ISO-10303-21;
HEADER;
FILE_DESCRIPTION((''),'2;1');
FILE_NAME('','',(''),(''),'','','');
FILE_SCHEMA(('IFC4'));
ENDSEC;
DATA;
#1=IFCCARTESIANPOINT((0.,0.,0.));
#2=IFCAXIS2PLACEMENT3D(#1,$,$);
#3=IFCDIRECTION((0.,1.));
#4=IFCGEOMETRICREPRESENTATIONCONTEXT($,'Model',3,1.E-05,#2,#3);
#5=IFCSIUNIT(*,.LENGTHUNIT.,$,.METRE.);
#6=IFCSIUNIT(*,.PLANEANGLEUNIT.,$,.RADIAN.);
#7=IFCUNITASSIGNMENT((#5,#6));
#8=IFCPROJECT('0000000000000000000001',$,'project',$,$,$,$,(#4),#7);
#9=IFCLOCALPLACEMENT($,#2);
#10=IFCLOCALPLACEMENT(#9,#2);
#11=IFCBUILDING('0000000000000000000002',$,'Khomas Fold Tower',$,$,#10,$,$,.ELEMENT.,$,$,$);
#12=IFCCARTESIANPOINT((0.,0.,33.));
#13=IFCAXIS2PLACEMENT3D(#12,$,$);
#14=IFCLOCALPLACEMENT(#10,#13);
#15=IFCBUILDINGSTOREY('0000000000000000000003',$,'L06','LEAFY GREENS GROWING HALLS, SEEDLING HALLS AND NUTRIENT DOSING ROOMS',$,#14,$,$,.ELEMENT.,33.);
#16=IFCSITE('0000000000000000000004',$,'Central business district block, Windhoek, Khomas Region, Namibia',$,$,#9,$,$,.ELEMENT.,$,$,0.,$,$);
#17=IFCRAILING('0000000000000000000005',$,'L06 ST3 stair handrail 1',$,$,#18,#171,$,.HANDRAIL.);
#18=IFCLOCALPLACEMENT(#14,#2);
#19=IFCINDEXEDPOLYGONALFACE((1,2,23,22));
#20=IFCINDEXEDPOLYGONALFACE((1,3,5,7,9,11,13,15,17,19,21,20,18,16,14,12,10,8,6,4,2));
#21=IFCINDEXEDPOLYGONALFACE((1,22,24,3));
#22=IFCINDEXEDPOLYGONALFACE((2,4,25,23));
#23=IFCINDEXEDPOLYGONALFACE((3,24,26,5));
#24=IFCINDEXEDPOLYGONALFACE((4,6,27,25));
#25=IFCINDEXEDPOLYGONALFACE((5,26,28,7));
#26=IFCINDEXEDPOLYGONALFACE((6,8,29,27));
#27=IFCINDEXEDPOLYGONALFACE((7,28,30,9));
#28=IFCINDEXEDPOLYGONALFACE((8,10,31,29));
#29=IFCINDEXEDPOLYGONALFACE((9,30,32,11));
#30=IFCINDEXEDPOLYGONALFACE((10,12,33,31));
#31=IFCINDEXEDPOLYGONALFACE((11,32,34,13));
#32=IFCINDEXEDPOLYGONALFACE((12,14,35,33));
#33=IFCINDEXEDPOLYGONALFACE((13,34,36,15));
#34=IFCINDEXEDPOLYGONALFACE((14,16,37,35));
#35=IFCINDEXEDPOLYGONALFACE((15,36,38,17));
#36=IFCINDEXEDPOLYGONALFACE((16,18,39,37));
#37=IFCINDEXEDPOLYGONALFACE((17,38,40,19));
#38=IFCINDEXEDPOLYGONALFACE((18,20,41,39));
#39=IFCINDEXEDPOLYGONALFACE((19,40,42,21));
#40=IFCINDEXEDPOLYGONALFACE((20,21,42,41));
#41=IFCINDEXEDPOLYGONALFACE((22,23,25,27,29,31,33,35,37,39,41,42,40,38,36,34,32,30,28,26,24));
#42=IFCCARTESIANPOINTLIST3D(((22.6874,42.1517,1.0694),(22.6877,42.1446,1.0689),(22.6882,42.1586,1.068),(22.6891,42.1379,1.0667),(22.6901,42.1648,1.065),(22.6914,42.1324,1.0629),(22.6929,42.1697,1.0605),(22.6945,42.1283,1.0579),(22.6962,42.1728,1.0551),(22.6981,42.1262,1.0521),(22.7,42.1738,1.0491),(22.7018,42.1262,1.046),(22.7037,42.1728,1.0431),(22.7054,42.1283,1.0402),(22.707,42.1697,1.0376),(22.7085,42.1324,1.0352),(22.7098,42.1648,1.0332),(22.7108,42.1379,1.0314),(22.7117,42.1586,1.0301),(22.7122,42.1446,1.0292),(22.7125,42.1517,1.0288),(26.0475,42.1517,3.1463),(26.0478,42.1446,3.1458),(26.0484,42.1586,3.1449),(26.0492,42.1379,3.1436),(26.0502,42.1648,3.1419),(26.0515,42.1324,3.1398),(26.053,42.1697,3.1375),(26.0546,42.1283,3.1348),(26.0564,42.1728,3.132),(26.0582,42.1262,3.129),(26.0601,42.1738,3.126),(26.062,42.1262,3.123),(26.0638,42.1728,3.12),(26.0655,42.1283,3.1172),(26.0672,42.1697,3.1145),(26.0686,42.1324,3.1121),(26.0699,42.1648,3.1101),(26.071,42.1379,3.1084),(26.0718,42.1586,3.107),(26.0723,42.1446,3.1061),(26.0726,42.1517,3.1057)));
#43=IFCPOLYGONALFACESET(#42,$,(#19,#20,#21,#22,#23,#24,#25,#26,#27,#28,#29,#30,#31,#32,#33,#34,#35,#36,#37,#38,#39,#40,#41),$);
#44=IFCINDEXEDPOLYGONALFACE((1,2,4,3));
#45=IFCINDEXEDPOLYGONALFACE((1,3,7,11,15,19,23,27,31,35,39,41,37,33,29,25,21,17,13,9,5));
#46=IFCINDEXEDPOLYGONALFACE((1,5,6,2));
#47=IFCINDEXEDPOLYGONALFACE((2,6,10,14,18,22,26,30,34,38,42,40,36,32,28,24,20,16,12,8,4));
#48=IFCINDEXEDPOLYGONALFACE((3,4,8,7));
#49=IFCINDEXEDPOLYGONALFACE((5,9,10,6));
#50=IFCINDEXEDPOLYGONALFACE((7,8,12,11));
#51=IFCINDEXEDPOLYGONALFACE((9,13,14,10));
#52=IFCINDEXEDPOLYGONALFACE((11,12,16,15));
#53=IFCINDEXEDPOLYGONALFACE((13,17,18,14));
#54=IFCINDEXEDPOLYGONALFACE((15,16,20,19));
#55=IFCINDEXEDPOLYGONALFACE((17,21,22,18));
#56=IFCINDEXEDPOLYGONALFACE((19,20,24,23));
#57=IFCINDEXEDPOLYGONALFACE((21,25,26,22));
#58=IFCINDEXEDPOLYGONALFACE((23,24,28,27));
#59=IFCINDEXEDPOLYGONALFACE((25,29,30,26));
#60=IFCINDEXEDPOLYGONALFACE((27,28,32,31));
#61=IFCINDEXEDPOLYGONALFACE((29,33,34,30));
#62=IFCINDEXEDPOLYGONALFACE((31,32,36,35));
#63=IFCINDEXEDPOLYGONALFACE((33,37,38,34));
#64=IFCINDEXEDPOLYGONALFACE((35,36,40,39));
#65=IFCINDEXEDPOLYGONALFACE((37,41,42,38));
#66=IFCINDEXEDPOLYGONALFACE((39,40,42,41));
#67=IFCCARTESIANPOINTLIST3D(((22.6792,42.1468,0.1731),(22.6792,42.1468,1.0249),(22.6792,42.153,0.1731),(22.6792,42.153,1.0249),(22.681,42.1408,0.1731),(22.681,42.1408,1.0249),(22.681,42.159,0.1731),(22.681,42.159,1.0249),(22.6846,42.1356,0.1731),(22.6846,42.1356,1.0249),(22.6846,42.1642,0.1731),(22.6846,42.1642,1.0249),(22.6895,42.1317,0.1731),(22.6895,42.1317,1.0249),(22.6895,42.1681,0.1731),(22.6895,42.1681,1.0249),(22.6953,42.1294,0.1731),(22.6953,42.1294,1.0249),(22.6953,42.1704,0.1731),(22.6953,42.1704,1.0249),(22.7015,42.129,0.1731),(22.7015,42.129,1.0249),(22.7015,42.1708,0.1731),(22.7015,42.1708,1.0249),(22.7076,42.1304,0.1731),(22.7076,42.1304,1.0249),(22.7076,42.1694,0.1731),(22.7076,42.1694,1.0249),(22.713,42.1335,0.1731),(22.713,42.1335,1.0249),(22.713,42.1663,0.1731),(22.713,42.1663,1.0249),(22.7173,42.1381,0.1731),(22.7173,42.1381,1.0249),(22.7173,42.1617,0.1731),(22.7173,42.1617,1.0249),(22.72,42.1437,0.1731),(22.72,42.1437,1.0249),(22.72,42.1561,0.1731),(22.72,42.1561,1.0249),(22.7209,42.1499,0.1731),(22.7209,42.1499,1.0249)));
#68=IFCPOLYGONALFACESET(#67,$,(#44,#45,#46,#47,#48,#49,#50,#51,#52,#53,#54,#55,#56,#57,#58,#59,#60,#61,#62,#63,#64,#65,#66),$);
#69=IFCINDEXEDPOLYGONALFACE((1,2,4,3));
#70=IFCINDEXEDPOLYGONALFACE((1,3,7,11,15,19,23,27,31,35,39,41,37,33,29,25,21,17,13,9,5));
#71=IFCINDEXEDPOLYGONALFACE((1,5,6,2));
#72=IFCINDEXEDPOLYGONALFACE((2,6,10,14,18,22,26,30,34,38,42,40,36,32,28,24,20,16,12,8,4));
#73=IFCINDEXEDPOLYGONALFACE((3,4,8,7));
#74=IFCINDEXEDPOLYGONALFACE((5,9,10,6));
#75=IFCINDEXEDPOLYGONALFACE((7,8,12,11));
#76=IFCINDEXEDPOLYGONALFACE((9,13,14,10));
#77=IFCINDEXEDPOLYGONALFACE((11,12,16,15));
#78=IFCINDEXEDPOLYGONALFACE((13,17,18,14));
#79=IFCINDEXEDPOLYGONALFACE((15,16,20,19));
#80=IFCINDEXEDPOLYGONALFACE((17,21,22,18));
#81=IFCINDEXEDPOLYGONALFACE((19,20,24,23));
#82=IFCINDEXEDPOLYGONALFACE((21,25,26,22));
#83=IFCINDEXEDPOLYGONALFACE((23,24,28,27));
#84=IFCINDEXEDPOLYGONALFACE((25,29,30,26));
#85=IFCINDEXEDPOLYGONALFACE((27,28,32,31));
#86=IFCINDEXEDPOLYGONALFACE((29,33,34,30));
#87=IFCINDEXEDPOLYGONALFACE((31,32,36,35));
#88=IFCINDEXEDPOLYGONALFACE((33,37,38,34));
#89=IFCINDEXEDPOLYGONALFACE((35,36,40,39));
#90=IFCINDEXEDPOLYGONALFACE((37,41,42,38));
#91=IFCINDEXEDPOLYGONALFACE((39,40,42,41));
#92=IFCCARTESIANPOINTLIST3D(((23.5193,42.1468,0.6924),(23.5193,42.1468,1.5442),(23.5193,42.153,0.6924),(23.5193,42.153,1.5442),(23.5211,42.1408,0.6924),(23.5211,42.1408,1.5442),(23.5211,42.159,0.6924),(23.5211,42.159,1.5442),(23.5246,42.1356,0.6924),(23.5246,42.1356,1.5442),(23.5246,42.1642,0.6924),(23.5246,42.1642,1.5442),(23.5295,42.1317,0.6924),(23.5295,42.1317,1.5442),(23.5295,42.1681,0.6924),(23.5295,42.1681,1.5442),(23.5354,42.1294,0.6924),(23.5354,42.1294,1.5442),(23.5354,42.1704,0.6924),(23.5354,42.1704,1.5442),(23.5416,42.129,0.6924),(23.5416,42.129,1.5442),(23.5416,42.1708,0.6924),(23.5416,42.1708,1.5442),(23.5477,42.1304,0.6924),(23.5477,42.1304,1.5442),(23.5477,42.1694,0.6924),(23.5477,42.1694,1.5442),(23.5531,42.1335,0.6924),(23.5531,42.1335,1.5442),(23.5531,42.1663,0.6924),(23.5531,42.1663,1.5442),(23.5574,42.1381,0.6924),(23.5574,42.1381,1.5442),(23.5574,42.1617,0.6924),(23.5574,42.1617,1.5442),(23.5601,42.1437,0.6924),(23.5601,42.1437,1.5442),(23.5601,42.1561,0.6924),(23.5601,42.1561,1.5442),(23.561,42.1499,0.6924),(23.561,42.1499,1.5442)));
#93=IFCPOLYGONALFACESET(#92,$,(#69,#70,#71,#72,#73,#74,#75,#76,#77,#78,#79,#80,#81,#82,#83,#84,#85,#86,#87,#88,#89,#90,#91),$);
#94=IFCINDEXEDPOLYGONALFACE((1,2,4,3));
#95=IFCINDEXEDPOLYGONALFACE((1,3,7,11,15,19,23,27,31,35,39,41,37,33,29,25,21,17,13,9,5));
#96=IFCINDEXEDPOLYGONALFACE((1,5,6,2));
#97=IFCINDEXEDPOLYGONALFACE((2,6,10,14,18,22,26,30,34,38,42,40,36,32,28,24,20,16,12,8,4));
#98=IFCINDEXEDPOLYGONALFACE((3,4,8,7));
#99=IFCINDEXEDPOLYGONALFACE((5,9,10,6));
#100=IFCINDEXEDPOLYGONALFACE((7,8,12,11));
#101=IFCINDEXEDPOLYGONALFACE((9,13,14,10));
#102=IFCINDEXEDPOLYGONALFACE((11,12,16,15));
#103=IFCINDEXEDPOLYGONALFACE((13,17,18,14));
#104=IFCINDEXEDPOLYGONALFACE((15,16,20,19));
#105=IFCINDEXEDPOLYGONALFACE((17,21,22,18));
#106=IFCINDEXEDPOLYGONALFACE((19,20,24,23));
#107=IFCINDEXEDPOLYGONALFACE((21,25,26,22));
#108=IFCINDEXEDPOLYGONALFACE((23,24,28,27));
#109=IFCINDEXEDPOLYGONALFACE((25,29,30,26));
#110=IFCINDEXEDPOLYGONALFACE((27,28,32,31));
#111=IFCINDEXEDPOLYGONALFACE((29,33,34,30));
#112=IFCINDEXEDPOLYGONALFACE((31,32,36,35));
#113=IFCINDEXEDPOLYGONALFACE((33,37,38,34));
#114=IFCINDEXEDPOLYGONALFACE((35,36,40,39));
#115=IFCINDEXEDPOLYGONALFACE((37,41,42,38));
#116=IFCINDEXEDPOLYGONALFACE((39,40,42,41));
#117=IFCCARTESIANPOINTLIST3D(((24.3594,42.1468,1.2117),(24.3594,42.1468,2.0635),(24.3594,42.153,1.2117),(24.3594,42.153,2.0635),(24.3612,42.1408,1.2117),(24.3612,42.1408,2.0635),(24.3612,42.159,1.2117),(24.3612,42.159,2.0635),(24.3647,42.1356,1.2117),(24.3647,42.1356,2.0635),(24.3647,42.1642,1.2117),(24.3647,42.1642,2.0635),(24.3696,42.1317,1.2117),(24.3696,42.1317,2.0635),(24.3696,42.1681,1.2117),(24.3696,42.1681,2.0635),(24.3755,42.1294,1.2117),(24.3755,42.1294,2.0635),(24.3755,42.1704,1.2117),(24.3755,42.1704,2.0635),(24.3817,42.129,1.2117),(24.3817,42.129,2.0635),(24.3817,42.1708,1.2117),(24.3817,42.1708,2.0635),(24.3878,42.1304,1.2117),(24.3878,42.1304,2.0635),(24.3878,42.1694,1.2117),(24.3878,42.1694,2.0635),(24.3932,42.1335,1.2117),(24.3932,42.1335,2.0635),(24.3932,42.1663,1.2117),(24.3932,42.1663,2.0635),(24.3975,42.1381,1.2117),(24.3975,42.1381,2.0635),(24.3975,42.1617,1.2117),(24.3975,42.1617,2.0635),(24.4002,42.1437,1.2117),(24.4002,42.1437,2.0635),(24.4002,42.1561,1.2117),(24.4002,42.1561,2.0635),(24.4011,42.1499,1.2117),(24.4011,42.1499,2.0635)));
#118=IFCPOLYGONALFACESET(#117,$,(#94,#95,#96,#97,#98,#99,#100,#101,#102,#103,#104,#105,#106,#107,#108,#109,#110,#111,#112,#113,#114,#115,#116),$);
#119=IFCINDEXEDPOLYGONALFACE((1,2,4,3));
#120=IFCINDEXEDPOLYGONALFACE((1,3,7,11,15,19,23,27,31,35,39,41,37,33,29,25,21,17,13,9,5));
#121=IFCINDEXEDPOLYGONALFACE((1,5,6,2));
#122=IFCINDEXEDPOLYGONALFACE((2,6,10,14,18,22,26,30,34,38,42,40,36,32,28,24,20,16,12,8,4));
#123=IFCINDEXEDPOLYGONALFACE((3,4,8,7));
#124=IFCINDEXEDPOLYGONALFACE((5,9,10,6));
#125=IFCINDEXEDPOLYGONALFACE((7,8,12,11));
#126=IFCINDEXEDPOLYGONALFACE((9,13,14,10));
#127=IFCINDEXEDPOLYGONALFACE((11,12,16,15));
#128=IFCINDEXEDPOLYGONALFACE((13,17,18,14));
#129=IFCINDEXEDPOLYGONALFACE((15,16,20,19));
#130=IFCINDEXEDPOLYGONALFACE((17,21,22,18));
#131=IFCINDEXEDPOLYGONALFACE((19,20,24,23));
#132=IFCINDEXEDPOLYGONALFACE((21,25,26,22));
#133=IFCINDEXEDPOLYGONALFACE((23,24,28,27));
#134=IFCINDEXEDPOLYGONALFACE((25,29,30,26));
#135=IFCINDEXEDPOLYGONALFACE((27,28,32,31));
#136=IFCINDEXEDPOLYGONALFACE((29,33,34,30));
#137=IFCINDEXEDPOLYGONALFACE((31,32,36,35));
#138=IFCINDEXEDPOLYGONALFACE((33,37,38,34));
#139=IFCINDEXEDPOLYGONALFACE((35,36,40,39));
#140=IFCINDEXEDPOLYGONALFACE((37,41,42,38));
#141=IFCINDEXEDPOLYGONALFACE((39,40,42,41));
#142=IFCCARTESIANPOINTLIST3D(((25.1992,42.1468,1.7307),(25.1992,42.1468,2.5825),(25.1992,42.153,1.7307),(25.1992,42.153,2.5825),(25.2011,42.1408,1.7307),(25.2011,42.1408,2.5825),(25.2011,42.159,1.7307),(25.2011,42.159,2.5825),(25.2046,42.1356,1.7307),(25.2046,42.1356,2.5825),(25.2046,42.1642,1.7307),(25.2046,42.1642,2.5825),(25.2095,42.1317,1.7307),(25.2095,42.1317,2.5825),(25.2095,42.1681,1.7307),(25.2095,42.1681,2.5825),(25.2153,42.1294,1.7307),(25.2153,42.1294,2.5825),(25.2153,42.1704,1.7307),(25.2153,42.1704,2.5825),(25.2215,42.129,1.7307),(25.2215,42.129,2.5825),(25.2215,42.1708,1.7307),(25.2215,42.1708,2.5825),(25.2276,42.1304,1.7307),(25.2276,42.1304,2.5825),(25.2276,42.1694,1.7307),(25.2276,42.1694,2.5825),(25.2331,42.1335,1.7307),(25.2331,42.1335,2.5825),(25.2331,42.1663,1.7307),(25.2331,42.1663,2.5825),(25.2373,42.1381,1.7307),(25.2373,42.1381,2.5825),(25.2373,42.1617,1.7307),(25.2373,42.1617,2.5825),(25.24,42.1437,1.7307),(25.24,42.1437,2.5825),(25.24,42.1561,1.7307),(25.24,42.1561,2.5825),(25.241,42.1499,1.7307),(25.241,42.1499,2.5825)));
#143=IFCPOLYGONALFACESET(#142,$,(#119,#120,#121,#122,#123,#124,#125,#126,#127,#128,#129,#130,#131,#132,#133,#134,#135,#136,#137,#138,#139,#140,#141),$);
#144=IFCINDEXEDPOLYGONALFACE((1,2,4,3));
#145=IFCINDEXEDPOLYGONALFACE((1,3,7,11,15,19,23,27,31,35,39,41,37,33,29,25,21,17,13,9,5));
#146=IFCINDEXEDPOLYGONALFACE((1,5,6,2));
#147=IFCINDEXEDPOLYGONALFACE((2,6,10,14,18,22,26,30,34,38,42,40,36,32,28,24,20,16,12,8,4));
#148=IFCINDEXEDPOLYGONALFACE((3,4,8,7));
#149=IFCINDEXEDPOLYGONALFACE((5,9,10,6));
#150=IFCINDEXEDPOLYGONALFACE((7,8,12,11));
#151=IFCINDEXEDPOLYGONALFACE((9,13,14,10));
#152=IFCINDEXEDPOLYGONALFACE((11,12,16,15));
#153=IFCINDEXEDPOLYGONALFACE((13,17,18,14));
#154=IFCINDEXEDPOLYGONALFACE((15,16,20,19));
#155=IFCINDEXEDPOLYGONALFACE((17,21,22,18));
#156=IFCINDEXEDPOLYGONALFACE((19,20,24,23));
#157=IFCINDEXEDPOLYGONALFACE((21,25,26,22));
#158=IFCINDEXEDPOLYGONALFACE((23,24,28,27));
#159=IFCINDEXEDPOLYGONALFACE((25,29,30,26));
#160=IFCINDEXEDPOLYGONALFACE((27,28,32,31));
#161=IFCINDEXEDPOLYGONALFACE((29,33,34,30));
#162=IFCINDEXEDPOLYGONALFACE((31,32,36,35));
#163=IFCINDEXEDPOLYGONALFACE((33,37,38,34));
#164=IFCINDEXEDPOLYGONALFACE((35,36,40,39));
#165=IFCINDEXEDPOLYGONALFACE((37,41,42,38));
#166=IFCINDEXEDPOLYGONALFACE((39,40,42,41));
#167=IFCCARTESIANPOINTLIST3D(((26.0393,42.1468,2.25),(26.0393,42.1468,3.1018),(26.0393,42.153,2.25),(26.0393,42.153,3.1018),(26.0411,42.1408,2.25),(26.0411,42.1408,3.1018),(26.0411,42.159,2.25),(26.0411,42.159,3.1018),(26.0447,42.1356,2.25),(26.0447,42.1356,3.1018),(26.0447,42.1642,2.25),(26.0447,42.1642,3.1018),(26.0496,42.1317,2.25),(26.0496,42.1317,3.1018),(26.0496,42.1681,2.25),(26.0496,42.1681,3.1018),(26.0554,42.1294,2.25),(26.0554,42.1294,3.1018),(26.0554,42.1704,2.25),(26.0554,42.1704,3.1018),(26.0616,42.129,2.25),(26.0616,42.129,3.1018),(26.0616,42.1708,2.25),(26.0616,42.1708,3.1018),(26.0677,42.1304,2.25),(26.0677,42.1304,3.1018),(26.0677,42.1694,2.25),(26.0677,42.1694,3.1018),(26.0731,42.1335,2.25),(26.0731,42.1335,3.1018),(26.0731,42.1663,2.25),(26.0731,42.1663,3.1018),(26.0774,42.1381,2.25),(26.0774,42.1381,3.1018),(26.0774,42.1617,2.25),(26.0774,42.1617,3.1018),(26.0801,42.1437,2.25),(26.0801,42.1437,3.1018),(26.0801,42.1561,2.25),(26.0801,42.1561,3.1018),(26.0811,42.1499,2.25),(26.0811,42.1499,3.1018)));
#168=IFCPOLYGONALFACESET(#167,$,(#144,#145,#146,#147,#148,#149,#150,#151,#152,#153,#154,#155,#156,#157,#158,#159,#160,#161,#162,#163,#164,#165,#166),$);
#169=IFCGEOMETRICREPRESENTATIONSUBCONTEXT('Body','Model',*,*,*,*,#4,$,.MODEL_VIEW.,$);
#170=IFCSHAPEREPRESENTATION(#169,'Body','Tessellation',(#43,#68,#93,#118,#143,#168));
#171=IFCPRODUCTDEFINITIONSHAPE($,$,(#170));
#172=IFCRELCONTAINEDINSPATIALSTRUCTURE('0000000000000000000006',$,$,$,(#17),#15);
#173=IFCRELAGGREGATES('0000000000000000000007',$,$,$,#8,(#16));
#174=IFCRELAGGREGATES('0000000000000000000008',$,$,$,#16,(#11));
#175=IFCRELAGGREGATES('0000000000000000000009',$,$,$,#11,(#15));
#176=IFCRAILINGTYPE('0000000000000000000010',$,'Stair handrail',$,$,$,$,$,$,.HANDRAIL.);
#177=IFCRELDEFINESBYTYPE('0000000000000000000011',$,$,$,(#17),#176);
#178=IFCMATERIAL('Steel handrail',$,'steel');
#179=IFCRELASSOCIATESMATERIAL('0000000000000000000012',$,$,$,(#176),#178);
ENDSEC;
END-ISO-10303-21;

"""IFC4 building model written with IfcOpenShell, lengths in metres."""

from ifc_helpers import new_model, si_unit, direction, frame, origin, origin_2d, place, context, subcontext, project, spatial, circle, extrude, source, transform, mapped, material, type_object, element, save


model = new_model("IFC4")

# Units and contexts
model_context = context("Model", 3, precision=1e-05, world=origin(), true_north=direction((0.0, 1.0)))
body_context = subcontext(model_context, "Body", "Model", "MODEL_VIEW")
ifc_project = project(units=[si_unit("LENGTHUNIT", "METRE"), si_unit("PLANEANGLEUNIT", "RADIAN")], contexts=[model_context])

# Site, building, storey
site_placement = place(None, origin())
site = spatial("IfcSite", under=ifc_project, at=site_placement, Name="Central business district block, Windhoek, Khomas Region, Namibia", CompositionType="ELEMENT", RefElevation=0.0)
building_placement = place(site_placement, origin())
building = spatial("IfcBuilding", under=site, at=building_placement, Name="Khomas Fold Tower", CompositionType="ELEMENT")
storey_placement = place(building_placement, frame((0.0, 0.0, 33.0)))
storey = spatial("IfcBuildingStorey", under=building, at=storey_placement, Name="L06", Description="LEAFY GREENS GROWING HALLS, SEEDLING HALLS AND NUTRIENT DOSING ROOMS", CompositionType="ELEMENT", Elevation=33.0)

# Railing
ifc_material_1 = material(Name="Steel handrail", Category="steel")
railing_type_1 = type_object("IfcRailingType", Name="Stair handrail", PredefinedType="HANDRAIL", material=ifc_material_1)
shared_shape_1 = source(origin(), body_context, "Body", "SweptSolid", [
    extrude(circle(Radius=0.0239, at=origin_2d()), frame((0.0, 0.0, 0.876), z_axis=(0.850623, 0.0, 0.525776), x_axis=(0.0, 1.0, 0.0)), (0.0, 0.0, 1.0), 3.9502),
    extrude(circle(Radius=0.021, at=origin_2d()), origin(), (0.0, 0.0, 1.0), 0.8518),
    extrude(circle(Radius=0.021, at=origin_2d()), frame((0.8401, 0.0, 0.5193)), (0.0, 0.0, 1.0), 0.8518),
    extrude(circle(Radius=0.021, at=origin_2d()), frame((1.6802, 0.0, 1.0386)), (0.0, 0.0, 1.0), 0.8518),
    extrude(circle(Radius=0.021, at=origin_2d()), frame((2.52, 0.0, 1.5576)), (0.0, 0.0, 1.0), 0.8518),
    extrude(circle(Radius=0.021, at=origin_2d()), frame((3.3601, 0.0, 2.0769)), (0.0, 0.0, 1.0), 0.8518),
])
railing_1_placement = place(storey_placement, frame((22.7, 42.1499, 0.1731)))
element("IfcRailing", 1, at=railing_1_placement, inside=storey, type_object=railing_type_1, Name="L06 ST3 stair handrail 1", PredefinedType="HANDRAIL", context=body_context, shape_type="MappedRepresentation", body=[
    mapped(shared_shape_1, transform((0.0, 0.0, 0.0))),
])

save(model, "model.ifc")
